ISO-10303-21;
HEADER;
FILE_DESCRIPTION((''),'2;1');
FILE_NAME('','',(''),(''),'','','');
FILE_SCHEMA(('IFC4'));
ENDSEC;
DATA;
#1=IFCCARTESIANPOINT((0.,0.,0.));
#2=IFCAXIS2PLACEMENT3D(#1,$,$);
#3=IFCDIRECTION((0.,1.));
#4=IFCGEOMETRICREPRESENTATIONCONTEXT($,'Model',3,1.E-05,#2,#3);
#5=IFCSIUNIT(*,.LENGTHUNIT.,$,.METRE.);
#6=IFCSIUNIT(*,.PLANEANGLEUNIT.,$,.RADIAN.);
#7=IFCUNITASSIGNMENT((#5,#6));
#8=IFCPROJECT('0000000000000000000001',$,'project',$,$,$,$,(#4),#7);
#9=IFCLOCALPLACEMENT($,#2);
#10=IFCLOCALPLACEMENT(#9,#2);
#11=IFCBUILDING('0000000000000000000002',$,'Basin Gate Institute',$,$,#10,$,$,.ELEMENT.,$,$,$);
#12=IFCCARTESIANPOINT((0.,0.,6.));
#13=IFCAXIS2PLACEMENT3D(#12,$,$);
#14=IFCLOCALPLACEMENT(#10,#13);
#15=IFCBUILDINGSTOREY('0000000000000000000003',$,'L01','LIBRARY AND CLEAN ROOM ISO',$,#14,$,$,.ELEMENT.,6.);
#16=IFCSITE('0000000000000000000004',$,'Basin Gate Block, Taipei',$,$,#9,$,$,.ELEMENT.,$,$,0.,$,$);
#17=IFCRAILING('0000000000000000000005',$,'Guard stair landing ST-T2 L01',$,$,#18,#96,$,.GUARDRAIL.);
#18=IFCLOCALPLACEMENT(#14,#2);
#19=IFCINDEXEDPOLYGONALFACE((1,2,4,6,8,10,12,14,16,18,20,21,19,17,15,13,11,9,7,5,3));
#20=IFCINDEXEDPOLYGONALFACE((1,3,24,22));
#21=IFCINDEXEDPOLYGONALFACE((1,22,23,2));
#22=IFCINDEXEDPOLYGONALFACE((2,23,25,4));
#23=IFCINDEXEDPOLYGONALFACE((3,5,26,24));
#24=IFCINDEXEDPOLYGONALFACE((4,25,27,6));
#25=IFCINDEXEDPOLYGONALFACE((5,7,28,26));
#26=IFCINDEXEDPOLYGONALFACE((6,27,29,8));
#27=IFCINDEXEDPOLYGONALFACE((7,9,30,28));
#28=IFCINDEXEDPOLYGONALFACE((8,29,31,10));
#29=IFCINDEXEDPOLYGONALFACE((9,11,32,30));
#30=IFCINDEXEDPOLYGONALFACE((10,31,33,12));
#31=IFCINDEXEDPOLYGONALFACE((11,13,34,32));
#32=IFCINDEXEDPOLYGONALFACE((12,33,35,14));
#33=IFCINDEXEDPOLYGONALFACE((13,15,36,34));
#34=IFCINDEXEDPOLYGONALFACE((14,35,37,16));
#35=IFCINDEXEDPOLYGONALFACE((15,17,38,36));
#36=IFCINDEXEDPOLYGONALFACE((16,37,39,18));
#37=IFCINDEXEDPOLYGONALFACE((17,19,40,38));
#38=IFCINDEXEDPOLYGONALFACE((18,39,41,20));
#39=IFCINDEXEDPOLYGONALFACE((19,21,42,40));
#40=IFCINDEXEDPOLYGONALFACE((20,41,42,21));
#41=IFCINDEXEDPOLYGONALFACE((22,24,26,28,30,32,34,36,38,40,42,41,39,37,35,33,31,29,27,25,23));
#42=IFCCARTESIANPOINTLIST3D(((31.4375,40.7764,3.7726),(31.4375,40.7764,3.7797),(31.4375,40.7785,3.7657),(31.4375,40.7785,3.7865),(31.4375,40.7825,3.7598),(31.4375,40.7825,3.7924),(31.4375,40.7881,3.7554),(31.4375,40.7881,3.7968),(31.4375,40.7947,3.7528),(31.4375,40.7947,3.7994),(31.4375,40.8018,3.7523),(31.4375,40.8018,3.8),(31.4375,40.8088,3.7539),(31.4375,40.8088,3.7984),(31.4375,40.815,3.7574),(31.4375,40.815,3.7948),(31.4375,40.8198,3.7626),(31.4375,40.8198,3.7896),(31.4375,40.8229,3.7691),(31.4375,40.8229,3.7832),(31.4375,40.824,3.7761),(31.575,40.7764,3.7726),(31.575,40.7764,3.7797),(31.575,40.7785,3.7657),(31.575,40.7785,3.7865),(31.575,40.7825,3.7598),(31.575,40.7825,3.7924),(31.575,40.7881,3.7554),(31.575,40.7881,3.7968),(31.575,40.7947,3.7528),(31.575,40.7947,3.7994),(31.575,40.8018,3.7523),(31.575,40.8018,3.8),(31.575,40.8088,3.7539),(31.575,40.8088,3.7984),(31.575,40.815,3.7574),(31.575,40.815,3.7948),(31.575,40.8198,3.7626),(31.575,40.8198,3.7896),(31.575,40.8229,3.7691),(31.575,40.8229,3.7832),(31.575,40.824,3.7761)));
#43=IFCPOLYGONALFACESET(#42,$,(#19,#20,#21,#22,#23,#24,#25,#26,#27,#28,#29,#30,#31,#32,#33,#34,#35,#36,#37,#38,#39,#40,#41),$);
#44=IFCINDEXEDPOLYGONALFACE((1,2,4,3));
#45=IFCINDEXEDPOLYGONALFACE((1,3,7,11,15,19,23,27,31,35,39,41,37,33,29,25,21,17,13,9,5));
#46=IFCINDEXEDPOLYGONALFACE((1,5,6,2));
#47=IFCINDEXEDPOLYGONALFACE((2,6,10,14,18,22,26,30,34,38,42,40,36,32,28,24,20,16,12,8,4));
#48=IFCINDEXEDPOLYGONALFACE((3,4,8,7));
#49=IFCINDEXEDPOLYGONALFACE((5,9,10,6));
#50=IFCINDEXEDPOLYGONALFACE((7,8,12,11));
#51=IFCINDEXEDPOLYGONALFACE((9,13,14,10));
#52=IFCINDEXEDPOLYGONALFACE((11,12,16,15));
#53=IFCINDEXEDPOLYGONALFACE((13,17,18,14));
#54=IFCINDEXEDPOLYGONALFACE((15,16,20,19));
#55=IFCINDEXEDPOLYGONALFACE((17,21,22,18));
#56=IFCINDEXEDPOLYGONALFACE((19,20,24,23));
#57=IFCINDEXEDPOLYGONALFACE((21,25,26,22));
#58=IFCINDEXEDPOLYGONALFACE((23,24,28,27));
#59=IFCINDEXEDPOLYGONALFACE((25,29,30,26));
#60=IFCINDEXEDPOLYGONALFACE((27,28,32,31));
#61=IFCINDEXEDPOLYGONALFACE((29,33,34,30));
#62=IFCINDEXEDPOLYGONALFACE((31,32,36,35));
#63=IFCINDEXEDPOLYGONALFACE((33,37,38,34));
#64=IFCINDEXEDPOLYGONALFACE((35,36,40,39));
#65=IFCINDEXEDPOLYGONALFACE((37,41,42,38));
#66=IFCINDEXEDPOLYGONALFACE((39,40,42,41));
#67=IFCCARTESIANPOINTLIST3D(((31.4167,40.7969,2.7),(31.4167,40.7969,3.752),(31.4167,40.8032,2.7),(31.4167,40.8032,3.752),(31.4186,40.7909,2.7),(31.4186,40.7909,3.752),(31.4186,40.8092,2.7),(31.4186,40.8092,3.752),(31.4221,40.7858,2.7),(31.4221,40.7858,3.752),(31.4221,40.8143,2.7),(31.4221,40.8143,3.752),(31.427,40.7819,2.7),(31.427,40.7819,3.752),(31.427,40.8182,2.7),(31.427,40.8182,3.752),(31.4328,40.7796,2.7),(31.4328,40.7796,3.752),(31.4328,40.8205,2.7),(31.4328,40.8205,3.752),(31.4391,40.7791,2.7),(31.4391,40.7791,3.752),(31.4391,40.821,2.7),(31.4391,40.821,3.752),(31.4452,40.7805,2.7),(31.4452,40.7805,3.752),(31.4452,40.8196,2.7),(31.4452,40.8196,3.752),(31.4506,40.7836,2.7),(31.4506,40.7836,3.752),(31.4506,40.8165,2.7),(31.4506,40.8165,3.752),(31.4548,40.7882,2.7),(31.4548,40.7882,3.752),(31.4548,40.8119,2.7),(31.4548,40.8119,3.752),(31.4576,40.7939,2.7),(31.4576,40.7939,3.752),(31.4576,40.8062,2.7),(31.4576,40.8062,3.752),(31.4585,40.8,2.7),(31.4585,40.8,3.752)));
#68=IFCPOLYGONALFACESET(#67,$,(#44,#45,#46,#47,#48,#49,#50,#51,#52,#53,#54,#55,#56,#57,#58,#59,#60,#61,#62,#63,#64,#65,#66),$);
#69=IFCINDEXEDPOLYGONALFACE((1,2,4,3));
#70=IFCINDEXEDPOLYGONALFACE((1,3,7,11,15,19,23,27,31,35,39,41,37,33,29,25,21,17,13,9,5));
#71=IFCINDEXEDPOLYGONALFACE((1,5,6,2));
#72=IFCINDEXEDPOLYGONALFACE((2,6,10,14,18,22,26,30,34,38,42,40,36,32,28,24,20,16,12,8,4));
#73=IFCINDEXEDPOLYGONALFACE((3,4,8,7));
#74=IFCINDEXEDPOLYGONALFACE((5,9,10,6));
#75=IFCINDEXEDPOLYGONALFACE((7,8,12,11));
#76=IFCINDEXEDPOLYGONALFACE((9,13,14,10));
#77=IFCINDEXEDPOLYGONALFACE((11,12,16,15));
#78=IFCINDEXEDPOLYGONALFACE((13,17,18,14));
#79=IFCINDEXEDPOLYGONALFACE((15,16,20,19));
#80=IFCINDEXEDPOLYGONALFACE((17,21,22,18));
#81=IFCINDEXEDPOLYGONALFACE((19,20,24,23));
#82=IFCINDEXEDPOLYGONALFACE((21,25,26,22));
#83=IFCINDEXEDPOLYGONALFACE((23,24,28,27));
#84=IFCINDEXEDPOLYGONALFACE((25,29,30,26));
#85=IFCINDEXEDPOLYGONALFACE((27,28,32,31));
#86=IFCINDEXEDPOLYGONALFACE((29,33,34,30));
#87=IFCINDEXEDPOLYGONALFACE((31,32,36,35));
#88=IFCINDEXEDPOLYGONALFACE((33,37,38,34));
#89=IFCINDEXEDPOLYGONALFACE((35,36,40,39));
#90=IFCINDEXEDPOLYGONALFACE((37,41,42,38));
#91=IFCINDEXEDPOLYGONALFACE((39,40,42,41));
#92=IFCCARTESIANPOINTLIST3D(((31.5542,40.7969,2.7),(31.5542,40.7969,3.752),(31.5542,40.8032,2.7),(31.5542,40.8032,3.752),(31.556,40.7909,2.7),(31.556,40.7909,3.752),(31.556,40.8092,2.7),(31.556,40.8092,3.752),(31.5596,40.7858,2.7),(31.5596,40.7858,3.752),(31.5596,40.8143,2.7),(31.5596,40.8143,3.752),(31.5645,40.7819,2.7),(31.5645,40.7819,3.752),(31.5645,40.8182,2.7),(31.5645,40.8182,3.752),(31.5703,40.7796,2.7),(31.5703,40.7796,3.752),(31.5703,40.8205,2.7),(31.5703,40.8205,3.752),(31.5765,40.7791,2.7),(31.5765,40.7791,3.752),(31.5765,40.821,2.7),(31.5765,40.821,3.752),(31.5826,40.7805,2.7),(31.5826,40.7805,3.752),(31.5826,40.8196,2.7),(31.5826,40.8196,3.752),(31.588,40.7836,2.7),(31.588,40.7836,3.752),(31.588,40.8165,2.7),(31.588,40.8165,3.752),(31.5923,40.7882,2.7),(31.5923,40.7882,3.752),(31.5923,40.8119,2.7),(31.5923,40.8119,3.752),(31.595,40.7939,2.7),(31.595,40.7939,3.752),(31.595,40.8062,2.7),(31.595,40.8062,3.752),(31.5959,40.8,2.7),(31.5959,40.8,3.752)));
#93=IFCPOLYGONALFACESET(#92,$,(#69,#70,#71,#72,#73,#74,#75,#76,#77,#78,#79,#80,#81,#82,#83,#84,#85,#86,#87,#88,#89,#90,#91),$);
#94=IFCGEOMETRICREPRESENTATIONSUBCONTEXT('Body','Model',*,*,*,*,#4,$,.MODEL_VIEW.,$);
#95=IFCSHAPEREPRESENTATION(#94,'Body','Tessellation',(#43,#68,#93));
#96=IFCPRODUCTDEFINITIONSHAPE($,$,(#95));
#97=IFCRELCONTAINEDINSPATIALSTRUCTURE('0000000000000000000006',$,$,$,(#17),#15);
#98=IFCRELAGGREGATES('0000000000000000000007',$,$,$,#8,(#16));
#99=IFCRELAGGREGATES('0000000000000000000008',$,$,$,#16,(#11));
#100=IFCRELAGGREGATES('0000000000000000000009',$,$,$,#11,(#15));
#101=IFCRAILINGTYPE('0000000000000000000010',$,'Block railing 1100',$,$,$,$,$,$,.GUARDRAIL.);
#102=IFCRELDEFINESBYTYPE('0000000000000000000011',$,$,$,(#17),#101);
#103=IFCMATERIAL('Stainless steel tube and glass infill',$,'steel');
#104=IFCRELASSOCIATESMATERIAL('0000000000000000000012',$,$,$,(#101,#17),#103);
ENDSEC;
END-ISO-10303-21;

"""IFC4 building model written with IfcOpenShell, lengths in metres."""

from ifc_helpers import new_model, si_unit, direction, frame, origin, origin_2d, place, context, subcontext, project, spatial, circle, extrude, material, type_object, element, save


model = new_model("IFC4")

# Units and contexts
model_context = context("Model", 3, precision=1e-05, world=origin(), true_north=direction((0.0, 1.0)))
body_context = subcontext(model_context, "Body", "Model", "MODEL_VIEW")
ifc_project = project(units=[si_unit("LENGTHUNIT", "METRE"), si_unit("PLANEANGLEUNIT", "RADIAN")], contexts=[model_context])

# Site, building, storey
site_placement = place(None, origin())
site = spatial("IfcSite", under=ifc_project, at=site_placement, Name="Basin Gate Block, Taipei", CompositionType="ELEMENT", RefElevation=0.0)
building_placement = place(site_placement, origin())
building = spatial("IfcBuilding", under=site, at=building_placement, Name="Basin Gate Institute", CompositionType="ELEMENT")
storey_placement = place(building_placement, frame((0.0, 0.0, 6.0)))
storey = spatial("IfcBuildingStorey", under=building, at=storey_placement, Name="L01", Description="LIBRARY AND CLEAN ROOM ISO", CompositionType="ELEMENT", Elevation=6.0)

# Railing
ifc_material_1 = material(Name="Stainless steel tube and glass infill", Category="steel")
railing_type_1 = type_object("IfcRailingType", Name="Block railing 1100", PredefinedType="GUARDRAIL", material=ifc_material_1)
for number, where, name in (
    (1, (31.4375, 40.8, 2.7), "Guard stair landing ST-T2 L01"),
):
    element("IfcRailing", number, at=place(storey_placement, frame(where)), inside=storey, type_object=railing_type_1, material=ifc_material_1, Name=name, PredefinedType="GUARDRAIL", context=body_context, shape_type="SweptSolid", body=[
        extrude(circle(Radius=0.0239, at=origin_2d()), frame((0.0, 0.0, 1.0762), z_axis=(1.0, 0.0, 0.0), x_axis=(0.0, 1.0, 0.0)), (0.0, 0.0, 1.0), 0.1375),
        extrude(circle(Radius=0.021, at=origin_2d()), origin(), (0.0, 0.0, 1.0), 1.052),
        extrude(circle(Radius=0.021, at=origin_2d()), frame((0.1375, 0.0, 0.0)), (0.0, 0.0, 1.0), 1.052),
    ])

save(model, "model.ifc")
